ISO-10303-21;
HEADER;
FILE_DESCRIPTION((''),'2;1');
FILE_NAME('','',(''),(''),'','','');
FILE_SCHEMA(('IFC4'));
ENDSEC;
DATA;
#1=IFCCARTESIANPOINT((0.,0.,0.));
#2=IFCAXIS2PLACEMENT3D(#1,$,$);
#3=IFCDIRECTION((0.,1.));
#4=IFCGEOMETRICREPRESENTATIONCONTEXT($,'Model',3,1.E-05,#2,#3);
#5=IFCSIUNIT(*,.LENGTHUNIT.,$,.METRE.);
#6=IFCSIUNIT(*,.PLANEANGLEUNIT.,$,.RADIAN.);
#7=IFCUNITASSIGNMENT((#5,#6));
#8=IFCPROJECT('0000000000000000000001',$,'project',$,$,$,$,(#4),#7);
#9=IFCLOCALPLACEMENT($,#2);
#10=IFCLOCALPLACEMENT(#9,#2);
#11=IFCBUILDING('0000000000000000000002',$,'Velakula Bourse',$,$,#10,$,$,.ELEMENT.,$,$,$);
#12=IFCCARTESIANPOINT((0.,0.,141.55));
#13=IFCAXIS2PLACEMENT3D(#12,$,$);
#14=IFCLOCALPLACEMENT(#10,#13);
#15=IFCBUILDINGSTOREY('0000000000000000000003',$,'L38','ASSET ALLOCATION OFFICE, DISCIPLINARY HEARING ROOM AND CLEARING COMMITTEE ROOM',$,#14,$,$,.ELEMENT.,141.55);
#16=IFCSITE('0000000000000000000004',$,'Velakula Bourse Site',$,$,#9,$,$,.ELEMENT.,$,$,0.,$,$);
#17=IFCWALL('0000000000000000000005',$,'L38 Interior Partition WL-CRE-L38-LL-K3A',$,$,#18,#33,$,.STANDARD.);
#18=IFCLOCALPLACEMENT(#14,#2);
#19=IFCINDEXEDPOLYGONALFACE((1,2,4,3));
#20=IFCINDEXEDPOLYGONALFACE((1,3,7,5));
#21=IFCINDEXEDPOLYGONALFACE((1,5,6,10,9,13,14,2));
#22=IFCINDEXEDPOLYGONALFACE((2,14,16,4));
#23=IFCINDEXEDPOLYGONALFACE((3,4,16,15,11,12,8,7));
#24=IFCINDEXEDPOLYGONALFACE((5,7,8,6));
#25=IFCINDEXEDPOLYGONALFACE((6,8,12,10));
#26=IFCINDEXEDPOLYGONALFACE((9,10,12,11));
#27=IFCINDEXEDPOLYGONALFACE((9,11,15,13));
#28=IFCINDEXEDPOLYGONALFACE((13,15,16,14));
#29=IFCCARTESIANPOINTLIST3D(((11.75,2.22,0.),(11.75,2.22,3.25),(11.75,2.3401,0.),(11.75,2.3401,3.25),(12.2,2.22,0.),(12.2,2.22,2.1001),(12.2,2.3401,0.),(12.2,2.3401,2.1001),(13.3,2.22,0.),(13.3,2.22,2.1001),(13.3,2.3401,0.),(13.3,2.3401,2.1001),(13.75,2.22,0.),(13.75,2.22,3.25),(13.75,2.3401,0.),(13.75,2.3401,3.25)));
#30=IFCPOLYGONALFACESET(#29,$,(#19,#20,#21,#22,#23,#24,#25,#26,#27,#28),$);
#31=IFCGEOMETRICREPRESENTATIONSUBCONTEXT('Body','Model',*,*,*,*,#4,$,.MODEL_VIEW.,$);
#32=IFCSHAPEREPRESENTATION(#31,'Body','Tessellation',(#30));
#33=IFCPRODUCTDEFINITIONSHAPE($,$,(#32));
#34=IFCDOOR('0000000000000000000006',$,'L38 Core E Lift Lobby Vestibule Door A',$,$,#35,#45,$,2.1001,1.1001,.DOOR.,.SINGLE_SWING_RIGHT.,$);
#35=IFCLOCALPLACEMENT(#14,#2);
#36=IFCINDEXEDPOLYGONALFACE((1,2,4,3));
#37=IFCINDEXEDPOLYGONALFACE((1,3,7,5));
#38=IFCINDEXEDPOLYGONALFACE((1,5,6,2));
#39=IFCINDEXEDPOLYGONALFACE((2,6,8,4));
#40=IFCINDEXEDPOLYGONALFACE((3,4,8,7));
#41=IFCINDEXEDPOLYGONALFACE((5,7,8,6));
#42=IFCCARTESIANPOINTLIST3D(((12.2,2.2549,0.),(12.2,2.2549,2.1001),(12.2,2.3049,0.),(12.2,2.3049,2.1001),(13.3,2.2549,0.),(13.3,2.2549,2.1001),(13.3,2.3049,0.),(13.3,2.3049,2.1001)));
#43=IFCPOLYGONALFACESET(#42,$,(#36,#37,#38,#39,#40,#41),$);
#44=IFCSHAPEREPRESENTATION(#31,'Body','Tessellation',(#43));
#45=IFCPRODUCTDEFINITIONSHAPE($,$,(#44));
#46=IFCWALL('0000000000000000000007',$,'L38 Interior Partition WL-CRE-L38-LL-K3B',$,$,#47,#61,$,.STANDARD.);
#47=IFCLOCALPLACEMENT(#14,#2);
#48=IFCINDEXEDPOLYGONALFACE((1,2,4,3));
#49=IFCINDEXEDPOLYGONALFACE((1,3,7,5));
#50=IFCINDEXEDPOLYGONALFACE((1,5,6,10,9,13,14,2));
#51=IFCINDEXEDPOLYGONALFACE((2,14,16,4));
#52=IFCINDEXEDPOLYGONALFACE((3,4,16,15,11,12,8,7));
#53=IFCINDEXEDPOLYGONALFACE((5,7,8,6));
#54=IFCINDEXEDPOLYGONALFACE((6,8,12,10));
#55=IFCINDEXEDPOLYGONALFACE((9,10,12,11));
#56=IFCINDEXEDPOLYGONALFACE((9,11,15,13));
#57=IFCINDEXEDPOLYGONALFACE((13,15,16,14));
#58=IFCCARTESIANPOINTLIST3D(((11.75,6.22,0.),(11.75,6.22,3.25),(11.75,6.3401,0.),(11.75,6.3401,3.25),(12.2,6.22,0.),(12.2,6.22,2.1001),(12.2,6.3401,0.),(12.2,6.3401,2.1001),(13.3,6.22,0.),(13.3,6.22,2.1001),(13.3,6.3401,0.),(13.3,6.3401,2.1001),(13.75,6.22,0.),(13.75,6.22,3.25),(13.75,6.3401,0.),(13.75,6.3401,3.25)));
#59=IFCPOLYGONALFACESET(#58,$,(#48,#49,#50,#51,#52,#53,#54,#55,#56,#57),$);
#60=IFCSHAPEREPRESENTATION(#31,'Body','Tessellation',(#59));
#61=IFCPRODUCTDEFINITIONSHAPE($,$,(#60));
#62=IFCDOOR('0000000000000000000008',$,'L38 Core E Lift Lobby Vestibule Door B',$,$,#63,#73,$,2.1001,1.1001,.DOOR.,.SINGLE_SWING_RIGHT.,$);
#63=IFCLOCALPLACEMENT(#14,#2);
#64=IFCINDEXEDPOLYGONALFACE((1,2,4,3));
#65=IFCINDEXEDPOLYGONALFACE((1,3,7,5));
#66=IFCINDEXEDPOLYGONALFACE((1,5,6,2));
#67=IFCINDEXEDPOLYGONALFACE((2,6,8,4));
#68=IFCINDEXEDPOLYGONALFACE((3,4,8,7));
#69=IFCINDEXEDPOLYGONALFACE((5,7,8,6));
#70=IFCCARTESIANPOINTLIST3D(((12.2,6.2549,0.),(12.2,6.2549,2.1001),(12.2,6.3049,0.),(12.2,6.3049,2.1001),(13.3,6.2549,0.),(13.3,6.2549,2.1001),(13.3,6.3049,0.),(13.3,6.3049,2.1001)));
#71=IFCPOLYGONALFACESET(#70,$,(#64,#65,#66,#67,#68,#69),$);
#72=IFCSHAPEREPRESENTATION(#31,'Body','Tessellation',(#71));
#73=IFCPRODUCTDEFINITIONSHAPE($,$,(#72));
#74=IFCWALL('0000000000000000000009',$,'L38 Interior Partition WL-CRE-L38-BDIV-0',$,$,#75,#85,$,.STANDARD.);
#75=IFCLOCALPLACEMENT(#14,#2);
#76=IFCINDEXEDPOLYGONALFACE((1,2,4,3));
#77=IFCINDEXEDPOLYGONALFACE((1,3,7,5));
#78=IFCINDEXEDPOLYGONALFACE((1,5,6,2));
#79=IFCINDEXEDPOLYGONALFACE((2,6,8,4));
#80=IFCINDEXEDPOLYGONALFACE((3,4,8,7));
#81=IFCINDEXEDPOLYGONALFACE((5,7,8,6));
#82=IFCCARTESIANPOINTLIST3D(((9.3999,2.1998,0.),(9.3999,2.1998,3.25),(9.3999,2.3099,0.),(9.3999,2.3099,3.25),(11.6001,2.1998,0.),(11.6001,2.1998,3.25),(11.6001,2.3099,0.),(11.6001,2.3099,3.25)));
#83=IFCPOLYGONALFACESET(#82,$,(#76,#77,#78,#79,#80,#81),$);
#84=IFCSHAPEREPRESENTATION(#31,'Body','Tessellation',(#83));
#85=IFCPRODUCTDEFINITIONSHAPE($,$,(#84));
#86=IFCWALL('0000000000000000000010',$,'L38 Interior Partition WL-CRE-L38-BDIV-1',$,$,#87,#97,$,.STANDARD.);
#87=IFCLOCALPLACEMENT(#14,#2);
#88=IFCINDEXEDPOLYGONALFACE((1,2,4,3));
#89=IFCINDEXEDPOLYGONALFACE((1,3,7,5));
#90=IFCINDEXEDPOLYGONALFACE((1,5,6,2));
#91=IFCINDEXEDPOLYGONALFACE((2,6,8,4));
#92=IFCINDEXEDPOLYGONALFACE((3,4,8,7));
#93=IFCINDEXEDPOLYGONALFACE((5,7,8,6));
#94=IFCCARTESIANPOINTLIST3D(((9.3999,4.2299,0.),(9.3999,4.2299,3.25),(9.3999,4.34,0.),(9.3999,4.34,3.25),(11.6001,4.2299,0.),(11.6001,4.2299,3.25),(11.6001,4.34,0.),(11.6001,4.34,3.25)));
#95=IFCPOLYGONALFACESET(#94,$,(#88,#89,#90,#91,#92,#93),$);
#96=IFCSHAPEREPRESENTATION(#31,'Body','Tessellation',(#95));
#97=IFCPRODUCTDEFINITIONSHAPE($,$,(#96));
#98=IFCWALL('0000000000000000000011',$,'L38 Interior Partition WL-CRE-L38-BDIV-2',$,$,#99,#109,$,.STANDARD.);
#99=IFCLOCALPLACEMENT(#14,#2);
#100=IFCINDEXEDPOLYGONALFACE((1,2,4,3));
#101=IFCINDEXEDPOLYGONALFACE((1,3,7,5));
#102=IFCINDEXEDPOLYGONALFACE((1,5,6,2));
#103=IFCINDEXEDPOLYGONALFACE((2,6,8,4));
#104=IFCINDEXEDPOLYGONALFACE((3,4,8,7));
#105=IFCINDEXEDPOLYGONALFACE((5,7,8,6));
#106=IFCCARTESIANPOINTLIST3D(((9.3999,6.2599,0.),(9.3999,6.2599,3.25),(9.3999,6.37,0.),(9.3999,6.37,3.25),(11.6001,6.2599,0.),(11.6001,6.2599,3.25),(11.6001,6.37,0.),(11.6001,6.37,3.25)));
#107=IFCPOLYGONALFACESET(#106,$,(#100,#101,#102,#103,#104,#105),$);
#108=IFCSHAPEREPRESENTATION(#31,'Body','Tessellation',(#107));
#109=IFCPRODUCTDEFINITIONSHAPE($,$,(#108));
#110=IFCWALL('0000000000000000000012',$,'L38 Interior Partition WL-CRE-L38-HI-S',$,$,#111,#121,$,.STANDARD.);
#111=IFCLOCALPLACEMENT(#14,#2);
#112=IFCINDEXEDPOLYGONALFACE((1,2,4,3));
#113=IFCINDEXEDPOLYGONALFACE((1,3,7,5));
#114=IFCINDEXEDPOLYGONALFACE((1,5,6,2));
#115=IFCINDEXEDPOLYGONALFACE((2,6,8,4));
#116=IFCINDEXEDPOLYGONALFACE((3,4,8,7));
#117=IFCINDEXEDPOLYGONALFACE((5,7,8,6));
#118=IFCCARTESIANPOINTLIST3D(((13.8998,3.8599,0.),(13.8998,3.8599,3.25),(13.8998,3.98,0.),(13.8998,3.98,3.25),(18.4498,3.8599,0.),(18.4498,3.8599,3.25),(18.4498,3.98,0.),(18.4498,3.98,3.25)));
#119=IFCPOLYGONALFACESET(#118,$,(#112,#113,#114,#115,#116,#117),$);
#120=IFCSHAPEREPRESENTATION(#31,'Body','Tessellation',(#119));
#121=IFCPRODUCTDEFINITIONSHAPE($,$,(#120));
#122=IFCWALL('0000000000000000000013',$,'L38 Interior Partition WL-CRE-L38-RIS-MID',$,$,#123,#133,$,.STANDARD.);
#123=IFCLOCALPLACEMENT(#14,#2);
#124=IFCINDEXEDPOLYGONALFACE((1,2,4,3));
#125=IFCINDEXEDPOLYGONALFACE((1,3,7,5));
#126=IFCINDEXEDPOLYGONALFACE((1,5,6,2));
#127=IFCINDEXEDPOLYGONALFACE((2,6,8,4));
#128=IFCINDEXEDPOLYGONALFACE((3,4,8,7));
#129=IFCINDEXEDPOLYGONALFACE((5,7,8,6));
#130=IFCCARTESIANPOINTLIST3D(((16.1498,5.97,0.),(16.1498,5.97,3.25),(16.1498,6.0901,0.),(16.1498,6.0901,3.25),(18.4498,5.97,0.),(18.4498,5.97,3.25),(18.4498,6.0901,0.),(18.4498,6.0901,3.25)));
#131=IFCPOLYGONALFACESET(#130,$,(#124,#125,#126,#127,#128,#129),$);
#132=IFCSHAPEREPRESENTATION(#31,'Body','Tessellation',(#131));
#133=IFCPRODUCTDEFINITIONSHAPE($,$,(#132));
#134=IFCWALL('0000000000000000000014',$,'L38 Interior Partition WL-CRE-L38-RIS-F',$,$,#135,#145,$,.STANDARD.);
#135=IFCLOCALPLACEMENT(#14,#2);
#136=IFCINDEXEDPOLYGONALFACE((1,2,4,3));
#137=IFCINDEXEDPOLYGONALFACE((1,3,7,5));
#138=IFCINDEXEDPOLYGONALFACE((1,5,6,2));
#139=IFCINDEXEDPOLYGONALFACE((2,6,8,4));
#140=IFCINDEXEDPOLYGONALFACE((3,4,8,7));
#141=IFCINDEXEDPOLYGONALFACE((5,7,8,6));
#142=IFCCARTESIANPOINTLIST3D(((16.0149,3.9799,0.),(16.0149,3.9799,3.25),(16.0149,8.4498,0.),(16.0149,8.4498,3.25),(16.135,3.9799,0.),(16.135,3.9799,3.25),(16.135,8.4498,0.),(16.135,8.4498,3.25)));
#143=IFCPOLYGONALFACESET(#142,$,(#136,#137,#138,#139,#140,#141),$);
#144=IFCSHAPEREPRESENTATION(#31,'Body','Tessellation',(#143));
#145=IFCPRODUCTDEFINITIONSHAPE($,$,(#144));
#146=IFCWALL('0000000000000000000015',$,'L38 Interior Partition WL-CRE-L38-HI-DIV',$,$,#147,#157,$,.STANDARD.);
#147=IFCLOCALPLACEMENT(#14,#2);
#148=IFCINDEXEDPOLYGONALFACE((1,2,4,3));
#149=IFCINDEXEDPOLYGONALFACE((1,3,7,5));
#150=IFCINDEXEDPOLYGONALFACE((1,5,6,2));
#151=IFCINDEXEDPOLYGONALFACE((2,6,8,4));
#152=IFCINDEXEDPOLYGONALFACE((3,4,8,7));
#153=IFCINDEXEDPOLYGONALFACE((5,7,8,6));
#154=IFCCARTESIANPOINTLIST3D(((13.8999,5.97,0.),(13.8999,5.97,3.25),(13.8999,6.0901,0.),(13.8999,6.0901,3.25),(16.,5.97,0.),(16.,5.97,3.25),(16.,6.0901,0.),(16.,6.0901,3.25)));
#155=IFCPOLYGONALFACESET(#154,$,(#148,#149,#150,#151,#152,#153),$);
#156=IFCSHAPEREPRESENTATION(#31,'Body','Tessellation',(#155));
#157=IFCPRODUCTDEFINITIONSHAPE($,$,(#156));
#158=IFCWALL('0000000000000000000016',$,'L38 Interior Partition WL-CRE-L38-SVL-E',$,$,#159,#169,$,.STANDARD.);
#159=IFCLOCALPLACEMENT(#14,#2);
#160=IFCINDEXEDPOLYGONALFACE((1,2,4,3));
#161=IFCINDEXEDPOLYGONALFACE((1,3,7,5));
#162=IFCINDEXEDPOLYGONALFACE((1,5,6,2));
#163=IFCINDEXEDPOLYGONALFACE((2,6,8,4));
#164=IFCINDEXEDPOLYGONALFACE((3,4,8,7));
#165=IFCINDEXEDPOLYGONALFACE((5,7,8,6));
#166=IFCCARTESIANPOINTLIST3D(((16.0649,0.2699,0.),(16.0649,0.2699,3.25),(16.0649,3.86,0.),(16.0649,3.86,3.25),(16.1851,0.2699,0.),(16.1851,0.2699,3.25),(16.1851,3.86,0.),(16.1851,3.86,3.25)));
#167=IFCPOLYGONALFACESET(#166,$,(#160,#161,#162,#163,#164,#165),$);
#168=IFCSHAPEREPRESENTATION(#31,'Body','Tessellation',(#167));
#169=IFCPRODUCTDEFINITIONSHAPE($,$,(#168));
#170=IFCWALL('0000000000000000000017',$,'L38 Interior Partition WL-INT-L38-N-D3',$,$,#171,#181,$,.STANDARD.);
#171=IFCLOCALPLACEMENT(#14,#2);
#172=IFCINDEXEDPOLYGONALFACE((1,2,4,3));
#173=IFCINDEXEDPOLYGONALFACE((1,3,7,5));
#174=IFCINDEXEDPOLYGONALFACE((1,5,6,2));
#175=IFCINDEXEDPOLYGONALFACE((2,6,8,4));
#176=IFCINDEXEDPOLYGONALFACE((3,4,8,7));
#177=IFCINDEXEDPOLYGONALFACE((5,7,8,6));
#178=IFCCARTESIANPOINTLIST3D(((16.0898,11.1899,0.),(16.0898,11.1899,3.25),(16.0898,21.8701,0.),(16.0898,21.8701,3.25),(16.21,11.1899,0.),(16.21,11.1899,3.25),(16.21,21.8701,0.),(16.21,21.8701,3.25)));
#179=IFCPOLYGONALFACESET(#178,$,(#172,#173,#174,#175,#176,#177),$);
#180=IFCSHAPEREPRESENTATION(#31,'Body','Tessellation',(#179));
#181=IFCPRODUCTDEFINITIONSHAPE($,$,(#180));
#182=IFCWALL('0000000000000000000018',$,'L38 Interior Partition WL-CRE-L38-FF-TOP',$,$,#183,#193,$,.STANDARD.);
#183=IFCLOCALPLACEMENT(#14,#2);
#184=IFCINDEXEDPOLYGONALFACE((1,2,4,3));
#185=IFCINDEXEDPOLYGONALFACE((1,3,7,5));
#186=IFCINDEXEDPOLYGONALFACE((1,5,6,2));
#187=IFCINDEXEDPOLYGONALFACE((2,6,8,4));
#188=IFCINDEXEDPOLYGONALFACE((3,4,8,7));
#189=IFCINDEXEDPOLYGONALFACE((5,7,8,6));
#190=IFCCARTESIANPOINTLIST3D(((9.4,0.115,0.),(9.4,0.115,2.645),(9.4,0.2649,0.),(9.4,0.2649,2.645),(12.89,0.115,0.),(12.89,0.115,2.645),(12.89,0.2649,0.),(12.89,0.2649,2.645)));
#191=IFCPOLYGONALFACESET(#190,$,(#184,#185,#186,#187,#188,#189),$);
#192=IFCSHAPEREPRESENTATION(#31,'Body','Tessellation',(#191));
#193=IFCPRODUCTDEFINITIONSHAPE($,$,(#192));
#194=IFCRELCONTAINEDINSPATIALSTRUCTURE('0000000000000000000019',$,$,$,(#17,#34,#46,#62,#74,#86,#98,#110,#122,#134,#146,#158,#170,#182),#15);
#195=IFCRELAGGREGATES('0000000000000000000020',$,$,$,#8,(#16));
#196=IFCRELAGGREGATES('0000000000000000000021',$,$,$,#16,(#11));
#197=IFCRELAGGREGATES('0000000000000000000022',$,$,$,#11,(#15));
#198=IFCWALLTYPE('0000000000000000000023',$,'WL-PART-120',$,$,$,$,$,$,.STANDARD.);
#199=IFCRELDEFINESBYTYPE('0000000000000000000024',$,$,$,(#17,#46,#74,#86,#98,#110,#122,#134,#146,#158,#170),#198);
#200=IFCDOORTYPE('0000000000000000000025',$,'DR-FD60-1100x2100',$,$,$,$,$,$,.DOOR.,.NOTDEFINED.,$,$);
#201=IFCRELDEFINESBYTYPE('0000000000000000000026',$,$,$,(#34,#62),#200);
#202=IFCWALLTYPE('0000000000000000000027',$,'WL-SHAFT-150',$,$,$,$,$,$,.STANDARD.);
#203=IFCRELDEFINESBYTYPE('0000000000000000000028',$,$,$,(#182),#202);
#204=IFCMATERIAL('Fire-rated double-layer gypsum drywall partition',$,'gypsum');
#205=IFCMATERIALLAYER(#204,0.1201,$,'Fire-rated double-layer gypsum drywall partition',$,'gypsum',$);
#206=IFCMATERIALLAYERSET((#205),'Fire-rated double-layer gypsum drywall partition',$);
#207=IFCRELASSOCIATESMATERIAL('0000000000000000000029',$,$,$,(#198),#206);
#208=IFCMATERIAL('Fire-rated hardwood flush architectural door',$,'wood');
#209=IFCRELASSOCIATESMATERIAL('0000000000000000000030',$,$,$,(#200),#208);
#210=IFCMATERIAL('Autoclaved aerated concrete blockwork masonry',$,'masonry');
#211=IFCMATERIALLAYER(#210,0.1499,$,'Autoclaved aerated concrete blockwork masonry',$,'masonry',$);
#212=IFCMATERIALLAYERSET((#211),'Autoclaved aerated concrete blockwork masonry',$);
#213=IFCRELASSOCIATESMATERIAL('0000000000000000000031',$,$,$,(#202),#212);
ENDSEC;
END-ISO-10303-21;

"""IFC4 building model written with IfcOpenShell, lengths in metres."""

from ifc_helpers import new_model, si_unit, direction, frame, frame_2d, origin, place, context, subcontext, project, spatial, rectangle, extrude, material, layer, layer_set, type_object, element, fill, save


model = new_model("IFC4")

# Units and contexts
model_context = context("Model", 3, precision=1e-05, world=origin(), true_north=direction((0.0, 1.0)))
body_context = subcontext(model_context, "Body", "Model", "MODEL_VIEW")
ifc_project = project(units=[si_unit("LENGTHUNIT", "METRE"), si_unit("PLANEANGLEUNIT", "RADIAN")], contexts=[model_context])

# Site, building, storey
site_placement = place(None, origin())
site = spatial("IfcSite", under=ifc_project, at=site_placement, Name="Velakula Bourse Site", CompositionType="ELEMENT", RefElevation=0.0)
building_placement = place(site_placement, origin())
building = spatial("IfcBuilding", under=site, at=building_placement, Name="Velakula Bourse", CompositionType="ELEMENT")
storey_placement = place(building_placement, frame((0.0, 0.0, 141.55)))
storey = spatial("IfcBuildingStorey", under=building, at=storey_placement, Name="L38", Description="ASSET ALLOCATION OFFICE, DISCIPLINARY HEARING ROOM AND CLEARING COMMITTEE ROOM", CompositionType="ELEMENT", Elevation=141.55)

# Walls, openings, doors
ifc_material_1 = material(Name="Fire-rated double-layer gypsum drywall partition", Category="gypsum")
ifc_layer_1 = layer(ifc_material_1, 0.1201, Name="Fire-rated double-layer gypsum drywall partition", Category="gypsum")
ifc_layer_set_1 = layer_set([ifc_layer_1], Name="Fire-rated double-layer gypsum drywall partition")
wall_type_1 = type_object("IfcWallType", Name="WL-PART-120", PredefinedType="STANDARD", material=ifc_layer_set_1)
wall_1_placement = place(storey_placement, frame((11.75, 2.28, 0.0), z_axis=(0.0, 0.0, 1.0), x_axis=(1.0, 0.0, 0.0)))
wall_1 = element("IfcWall", 1, at=wall_1_placement, inside=storey, type_object=wall_type_1, Name="L38 Interior Partition WL-CRE-L38-LL-K3A", PredefinedType="STANDARD", context=body_context, shape_type="SweptSolid", body=[
    extrude(rectangle(XDim=2.0, YDim=0.1201, at=frame_2d((1.0, 0.0))), origin(), (0.0, 0.0, 1.0), 3.25),
])
opening_1_placement = place(wall_1_placement, frame((0.45, 0.0, 0.0)))
opening_1 = element("IfcOpeningElement", 2, at=opening_1_placement, cuts=wall_1, PredefinedType="OPENING", context=body_context, shape_type="SweptSolid", body=[
    extrude(rectangle(XDim=1.1001, YDim=2.1001, at=frame_2d((0.55, 1.05))), frame((0.0, 0.0701, 0.0), z_axis=(0.0, -1.0, 0.0), x_axis=(1.0, 0.0, 0.0)), (0.0, 0.0, 1.0), 0.1401),
])
ifc_material_2 = material(Name="Fire-rated hardwood flush architectural door", Category="wood")
door_type_1 = type_object("IfcDoorType", Name="DR-FD60-1100x2100", OperationType="NOTDEFINED", PredefinedType="DOOR", material=ifc_material_2)
door_1_placement = place(opening_1_placement, origin())
door_1 = element("IfcDoor", 3, at=door_1_placement, inside=storey, type_object=door_type_1, Name="L38 Core E Lift Lobby Vestibule Door A", OperationType="SINGLE_SWING_RIGHT", OverallHeight=2.1001, OverallWidth=1.1001, PredefinedType="DOOR", context=body_context, shape_type="SweptSolid", body=[
    extrude(rectangle(XDim=1.1001, YDim=2.1001, at=frame_2d((0.55, 1.05))), frame((0.0, 0.0249, 0.0), z_axis=(0.0, -1.0, 0.0), x_axis=(1.0, 0.0, 0.0)), (0.0, 0.0, 1.0), 0.05),
])
fill(opening_1, door_1)
wall_2_placement = place(storey_placement, frame((11.75, 6.28, 0.0), z_axis=(0.0, 0.0, 1.0), x_axis=(1.0, 0.0, 0.0)))
wall_2 = element("IfcWall", 4, at=wall_2_placement, inside=storey, type_object=wall_type_1, Name="L38 Interior Partition WL-CRE-L38-LL-K3B", PredefinedType="STANDARD", context=body_context, shape_type="SweptSolid", body=[
    extrude(rectangle(XDim=2.0, YDim=0.1201, at=frame_2d((1.0, 0.0))), origin(), (0.0, 0.0, 1.0), 3.25),
])
opening_2_placement = place(wall_2_placement, frame((0.45, 0.0, 0.0)))
opening_2 = element("IfcOpeningElement", 5, at=opening_2_placement, cuts=wall_2, PredefinedType="OPENING", context=body_context, shape_type="SweptSolid", body=[
    extrude(rectangle(XDim=1.1001, YDim=2.1001, at=frame_2d((0.55, 1.05))), frame((0.0, 0.0701, 0.0), z_axis=(0.0, -1.0, 0.0), x_axis=(1.0, 0.0, 0.0)), (0.0, 0.0, 1.0), 0.1401),
])
door_2_placement = place(opening_2_placement, origin())
door_2 = element("IfcDoor", 6, at=door_2_placement, inside=storey, type_object=door_type_1, Name="L38 Core E Lift Lobby Vestibule Door B", OperationType="SINGLE_SWING_RIGHT", OverallHeight=2.1001, OverallWidth=1.1001, PredefinedType="DOOR", context=body_context, shape_type="SweptSolid", body=[
    extrude(rectangle(XDim=1.1001, YDim=2.1001, at=frame_2d((0.55, 1.05))), frame((0.0, 0.0249, 0.0), z_axis=(0.0, -1.0, 0.0), x_axis=(1.0, 0.0, 0.0)), (0.0, 0.0, 1.0), 0.05),
])
fill(opening_2, door_2)

# Walls
for number, where, z_axis, x_axis, name in (
    (7, (9.3999, 2.2549, 0.0), (0.0, 0.0, 1.0), (1.0, 0.0, 0.0), "L38 Interior Partition WL-CRE-L38-BDIV-0"),
    (8, (9.3999, 4.2849, 0.0), (0.0, 0.0, 1.0), (1.0, 0.0, 0.0), "L38 Interior Partition WL-CRE-L38-BDIV-1"),
    (9, (9.3999, 6.3149, 0.0), (0.0, 0.0, 1.0), (1.0, 0.0, 0.0), "L38 Interior Partition WL-CRE-L38-BDIV-2"),
):
    element("IfcWall", number, at=place(storey_placement, frame(where, z_axis=z_axis, x_axis=x_axis)), inside=storey, type_object=wall_type_1, Name=name, PredefinedType="STANDARD", context=body_context, shape_type="SweptSolid", body=[
        extrude(rectangle(XDim=2.2002, YDim=0.1101, at=frame_2d((1.1001, 0.0))), origin(), (0.0, 0.0, 1.0), 3.25),
    ])
wall_3_placement = place(storey_placement, frame((13.8999, 3.9199, 0.0), z_axis=(0.0, 0.0, 1.0), x_axis=(1.0, 0.0, 0.0)))
element("IfcWall", 10, at=wall_3_placement, inside=storey, type_object=wall_type_1, Name="L38 Interior Partition WL-CRE-L38-HI-S", PredefinedType="STANDARD", context=body_context, shape_type="SweptSolid", body=[
    extrude(rectangle(XDim=4.55, YDim=0.1201, at=frame_2d((2.2749, 0.0))), origin(), (0.0, 0.0, 1.0), 3.25),
])
wall_4_placement = place(storey_placement, frame((16.1499, 6.03, 0.0), z_axis=(0.0, 0.0, 1.0), x_axis=(1.0, 0.0, 0.0)))
element("IfcWall", 11, at=wall_4_placement, inside=storey, type_object=wall_type_1, Name="L38 Interior Partition WL-CRE-L38-RIS-MID", PredefinedType="STANDARD", context=body_context, shape_type="SweptSolid", body=[
    extrude(rectangle(XDim=2.3, YDim=0.1201, at=frame_2d((1.1499, 0.0))), origin(), (0.0, 0.0, 1.0), 3.25),
])
wall_5_placement = place(storey_placement, frame((16.075, 3.98, 0.0), z_axis=(0.0, 0.0, 1.0), x_axis=(0.0, 1.0, 0.0)))
element("IfcWall", 12, at=wall_5_placement, inside=storey, type_object=wall_type_1, Name="L38 Interior Partition WL-CRE-L38-RIS-F", PredefinedType="STANDARD", context=body_context, shape_type="SweptSolid", body=[
    extrude(rectangle(XDim=4.47, YDim=0.1201, at=frame_2d((2.2349, 0.0))), origin(), (0.0, 0.0, 1.0), 3.25),
])
wall_6_placement = place(storey_placement, frame((13.8999, 6.03, 0.0), z_axis=(0.0, 0.0, 1.0), x_axis=(1.0, 0.0, 0.0)))
element("IfcWall", 13, at=wall_6_placement, inside=storey, type_object=wall_type_1, Name="L38 Interior Partition WL-CRE-L38-HI-DIV", PredefinedType="STANDARD", context=body_context, shape_type="SweptSolid", body=[
    extrude(rectangle(XDim=2.1001, YDim=0.1201, at=frame_2d((1.05, 0.0))), origin(), (0.0, 0.0, 1.0), 3.25),
])
wall_7_placement = place(storey_placement, frame((16.125, 0.27, 0.0), z_axis=(0.0, 0.0, 1.0), x_axis=(0.0, 1.0, 0.0)))
element("IfcWall", 14, at=wall_7_placement, inside=storey, type_object=wall_type_1, Name="L38 Interior Partition WL-CRE-L38-SVL-E", PredefinedType="STANDARD", context=body_context, shape_type="SweptSolid", body=[
    extrude(rectangle(XDim=3.5901, YDim=0.1201, at=frame_2d((1.7949, 0.0))), origin(), (0.0, 0.0, 1.0), 3.25),
])
wall_8_placement = place(storey_placement, frame((16.1499, 11.1899, 0.0), z_axis=(0.0, 0.0, 1.0), x_axis=(0.0, 1.0, 0.0)))
element("IfcWall", 15, at=wall_8_placement, inside=storey, type_object=wall_type_1, Name="L38 Interior Partition WL-INT-L38-N-D3", PredefinedType="STANDARD", context=body_context, shape_type="SweptSolid", body=[
    extrude(rectangle(XDim=10.6802, YDim=0.1201, at=frame_2d((5.3401, 0.0))), origin(), (0.0, 0.0, 1.0), 3.25),
])
ifc_material_3 = material(Name="Autoclaved aerated concrete blockwork masonry", Category="masonry")
ifc_layer_2 = layer(ifc_material_3, 0.1499, Name="Autoclaved aerated concrete blockwork masonry", Category="masonry")
ifc_layer_set_2 = layer_set([ifc_layer_2], Name="Autoclaved aerated concrete blockwork masonry")
wall_type_2 = type_object("IfcWallType", Name="WL-SHAFT-150", PredefinedType="STANDARD", material=ifc_layer_set_2)
wall_9_placement = place(storey_placement, frame((9.3999, 0.1899, 0.0), z_axis=(0.0, 0.0, 1.0), x_axis=(1.0, 0.0, 0.0)))
element("IfcWall", 16, at=wall_9_placement, inside=storey, type_object=wall_type_2, Name="L38 Interior Partition WL-CRE-L38-FF-TOP", PredefinedType="STANDARD", context=body_context, shape_type="SweptSolid", body=[
    extrude(rectangle(XDim=3.49, YDim=0.1499, at=frame_2d((1.7451, 0.0))), origin(), (0.0, 0.0, 1.0), 2.645),
])

save(model, "model.ifc")
